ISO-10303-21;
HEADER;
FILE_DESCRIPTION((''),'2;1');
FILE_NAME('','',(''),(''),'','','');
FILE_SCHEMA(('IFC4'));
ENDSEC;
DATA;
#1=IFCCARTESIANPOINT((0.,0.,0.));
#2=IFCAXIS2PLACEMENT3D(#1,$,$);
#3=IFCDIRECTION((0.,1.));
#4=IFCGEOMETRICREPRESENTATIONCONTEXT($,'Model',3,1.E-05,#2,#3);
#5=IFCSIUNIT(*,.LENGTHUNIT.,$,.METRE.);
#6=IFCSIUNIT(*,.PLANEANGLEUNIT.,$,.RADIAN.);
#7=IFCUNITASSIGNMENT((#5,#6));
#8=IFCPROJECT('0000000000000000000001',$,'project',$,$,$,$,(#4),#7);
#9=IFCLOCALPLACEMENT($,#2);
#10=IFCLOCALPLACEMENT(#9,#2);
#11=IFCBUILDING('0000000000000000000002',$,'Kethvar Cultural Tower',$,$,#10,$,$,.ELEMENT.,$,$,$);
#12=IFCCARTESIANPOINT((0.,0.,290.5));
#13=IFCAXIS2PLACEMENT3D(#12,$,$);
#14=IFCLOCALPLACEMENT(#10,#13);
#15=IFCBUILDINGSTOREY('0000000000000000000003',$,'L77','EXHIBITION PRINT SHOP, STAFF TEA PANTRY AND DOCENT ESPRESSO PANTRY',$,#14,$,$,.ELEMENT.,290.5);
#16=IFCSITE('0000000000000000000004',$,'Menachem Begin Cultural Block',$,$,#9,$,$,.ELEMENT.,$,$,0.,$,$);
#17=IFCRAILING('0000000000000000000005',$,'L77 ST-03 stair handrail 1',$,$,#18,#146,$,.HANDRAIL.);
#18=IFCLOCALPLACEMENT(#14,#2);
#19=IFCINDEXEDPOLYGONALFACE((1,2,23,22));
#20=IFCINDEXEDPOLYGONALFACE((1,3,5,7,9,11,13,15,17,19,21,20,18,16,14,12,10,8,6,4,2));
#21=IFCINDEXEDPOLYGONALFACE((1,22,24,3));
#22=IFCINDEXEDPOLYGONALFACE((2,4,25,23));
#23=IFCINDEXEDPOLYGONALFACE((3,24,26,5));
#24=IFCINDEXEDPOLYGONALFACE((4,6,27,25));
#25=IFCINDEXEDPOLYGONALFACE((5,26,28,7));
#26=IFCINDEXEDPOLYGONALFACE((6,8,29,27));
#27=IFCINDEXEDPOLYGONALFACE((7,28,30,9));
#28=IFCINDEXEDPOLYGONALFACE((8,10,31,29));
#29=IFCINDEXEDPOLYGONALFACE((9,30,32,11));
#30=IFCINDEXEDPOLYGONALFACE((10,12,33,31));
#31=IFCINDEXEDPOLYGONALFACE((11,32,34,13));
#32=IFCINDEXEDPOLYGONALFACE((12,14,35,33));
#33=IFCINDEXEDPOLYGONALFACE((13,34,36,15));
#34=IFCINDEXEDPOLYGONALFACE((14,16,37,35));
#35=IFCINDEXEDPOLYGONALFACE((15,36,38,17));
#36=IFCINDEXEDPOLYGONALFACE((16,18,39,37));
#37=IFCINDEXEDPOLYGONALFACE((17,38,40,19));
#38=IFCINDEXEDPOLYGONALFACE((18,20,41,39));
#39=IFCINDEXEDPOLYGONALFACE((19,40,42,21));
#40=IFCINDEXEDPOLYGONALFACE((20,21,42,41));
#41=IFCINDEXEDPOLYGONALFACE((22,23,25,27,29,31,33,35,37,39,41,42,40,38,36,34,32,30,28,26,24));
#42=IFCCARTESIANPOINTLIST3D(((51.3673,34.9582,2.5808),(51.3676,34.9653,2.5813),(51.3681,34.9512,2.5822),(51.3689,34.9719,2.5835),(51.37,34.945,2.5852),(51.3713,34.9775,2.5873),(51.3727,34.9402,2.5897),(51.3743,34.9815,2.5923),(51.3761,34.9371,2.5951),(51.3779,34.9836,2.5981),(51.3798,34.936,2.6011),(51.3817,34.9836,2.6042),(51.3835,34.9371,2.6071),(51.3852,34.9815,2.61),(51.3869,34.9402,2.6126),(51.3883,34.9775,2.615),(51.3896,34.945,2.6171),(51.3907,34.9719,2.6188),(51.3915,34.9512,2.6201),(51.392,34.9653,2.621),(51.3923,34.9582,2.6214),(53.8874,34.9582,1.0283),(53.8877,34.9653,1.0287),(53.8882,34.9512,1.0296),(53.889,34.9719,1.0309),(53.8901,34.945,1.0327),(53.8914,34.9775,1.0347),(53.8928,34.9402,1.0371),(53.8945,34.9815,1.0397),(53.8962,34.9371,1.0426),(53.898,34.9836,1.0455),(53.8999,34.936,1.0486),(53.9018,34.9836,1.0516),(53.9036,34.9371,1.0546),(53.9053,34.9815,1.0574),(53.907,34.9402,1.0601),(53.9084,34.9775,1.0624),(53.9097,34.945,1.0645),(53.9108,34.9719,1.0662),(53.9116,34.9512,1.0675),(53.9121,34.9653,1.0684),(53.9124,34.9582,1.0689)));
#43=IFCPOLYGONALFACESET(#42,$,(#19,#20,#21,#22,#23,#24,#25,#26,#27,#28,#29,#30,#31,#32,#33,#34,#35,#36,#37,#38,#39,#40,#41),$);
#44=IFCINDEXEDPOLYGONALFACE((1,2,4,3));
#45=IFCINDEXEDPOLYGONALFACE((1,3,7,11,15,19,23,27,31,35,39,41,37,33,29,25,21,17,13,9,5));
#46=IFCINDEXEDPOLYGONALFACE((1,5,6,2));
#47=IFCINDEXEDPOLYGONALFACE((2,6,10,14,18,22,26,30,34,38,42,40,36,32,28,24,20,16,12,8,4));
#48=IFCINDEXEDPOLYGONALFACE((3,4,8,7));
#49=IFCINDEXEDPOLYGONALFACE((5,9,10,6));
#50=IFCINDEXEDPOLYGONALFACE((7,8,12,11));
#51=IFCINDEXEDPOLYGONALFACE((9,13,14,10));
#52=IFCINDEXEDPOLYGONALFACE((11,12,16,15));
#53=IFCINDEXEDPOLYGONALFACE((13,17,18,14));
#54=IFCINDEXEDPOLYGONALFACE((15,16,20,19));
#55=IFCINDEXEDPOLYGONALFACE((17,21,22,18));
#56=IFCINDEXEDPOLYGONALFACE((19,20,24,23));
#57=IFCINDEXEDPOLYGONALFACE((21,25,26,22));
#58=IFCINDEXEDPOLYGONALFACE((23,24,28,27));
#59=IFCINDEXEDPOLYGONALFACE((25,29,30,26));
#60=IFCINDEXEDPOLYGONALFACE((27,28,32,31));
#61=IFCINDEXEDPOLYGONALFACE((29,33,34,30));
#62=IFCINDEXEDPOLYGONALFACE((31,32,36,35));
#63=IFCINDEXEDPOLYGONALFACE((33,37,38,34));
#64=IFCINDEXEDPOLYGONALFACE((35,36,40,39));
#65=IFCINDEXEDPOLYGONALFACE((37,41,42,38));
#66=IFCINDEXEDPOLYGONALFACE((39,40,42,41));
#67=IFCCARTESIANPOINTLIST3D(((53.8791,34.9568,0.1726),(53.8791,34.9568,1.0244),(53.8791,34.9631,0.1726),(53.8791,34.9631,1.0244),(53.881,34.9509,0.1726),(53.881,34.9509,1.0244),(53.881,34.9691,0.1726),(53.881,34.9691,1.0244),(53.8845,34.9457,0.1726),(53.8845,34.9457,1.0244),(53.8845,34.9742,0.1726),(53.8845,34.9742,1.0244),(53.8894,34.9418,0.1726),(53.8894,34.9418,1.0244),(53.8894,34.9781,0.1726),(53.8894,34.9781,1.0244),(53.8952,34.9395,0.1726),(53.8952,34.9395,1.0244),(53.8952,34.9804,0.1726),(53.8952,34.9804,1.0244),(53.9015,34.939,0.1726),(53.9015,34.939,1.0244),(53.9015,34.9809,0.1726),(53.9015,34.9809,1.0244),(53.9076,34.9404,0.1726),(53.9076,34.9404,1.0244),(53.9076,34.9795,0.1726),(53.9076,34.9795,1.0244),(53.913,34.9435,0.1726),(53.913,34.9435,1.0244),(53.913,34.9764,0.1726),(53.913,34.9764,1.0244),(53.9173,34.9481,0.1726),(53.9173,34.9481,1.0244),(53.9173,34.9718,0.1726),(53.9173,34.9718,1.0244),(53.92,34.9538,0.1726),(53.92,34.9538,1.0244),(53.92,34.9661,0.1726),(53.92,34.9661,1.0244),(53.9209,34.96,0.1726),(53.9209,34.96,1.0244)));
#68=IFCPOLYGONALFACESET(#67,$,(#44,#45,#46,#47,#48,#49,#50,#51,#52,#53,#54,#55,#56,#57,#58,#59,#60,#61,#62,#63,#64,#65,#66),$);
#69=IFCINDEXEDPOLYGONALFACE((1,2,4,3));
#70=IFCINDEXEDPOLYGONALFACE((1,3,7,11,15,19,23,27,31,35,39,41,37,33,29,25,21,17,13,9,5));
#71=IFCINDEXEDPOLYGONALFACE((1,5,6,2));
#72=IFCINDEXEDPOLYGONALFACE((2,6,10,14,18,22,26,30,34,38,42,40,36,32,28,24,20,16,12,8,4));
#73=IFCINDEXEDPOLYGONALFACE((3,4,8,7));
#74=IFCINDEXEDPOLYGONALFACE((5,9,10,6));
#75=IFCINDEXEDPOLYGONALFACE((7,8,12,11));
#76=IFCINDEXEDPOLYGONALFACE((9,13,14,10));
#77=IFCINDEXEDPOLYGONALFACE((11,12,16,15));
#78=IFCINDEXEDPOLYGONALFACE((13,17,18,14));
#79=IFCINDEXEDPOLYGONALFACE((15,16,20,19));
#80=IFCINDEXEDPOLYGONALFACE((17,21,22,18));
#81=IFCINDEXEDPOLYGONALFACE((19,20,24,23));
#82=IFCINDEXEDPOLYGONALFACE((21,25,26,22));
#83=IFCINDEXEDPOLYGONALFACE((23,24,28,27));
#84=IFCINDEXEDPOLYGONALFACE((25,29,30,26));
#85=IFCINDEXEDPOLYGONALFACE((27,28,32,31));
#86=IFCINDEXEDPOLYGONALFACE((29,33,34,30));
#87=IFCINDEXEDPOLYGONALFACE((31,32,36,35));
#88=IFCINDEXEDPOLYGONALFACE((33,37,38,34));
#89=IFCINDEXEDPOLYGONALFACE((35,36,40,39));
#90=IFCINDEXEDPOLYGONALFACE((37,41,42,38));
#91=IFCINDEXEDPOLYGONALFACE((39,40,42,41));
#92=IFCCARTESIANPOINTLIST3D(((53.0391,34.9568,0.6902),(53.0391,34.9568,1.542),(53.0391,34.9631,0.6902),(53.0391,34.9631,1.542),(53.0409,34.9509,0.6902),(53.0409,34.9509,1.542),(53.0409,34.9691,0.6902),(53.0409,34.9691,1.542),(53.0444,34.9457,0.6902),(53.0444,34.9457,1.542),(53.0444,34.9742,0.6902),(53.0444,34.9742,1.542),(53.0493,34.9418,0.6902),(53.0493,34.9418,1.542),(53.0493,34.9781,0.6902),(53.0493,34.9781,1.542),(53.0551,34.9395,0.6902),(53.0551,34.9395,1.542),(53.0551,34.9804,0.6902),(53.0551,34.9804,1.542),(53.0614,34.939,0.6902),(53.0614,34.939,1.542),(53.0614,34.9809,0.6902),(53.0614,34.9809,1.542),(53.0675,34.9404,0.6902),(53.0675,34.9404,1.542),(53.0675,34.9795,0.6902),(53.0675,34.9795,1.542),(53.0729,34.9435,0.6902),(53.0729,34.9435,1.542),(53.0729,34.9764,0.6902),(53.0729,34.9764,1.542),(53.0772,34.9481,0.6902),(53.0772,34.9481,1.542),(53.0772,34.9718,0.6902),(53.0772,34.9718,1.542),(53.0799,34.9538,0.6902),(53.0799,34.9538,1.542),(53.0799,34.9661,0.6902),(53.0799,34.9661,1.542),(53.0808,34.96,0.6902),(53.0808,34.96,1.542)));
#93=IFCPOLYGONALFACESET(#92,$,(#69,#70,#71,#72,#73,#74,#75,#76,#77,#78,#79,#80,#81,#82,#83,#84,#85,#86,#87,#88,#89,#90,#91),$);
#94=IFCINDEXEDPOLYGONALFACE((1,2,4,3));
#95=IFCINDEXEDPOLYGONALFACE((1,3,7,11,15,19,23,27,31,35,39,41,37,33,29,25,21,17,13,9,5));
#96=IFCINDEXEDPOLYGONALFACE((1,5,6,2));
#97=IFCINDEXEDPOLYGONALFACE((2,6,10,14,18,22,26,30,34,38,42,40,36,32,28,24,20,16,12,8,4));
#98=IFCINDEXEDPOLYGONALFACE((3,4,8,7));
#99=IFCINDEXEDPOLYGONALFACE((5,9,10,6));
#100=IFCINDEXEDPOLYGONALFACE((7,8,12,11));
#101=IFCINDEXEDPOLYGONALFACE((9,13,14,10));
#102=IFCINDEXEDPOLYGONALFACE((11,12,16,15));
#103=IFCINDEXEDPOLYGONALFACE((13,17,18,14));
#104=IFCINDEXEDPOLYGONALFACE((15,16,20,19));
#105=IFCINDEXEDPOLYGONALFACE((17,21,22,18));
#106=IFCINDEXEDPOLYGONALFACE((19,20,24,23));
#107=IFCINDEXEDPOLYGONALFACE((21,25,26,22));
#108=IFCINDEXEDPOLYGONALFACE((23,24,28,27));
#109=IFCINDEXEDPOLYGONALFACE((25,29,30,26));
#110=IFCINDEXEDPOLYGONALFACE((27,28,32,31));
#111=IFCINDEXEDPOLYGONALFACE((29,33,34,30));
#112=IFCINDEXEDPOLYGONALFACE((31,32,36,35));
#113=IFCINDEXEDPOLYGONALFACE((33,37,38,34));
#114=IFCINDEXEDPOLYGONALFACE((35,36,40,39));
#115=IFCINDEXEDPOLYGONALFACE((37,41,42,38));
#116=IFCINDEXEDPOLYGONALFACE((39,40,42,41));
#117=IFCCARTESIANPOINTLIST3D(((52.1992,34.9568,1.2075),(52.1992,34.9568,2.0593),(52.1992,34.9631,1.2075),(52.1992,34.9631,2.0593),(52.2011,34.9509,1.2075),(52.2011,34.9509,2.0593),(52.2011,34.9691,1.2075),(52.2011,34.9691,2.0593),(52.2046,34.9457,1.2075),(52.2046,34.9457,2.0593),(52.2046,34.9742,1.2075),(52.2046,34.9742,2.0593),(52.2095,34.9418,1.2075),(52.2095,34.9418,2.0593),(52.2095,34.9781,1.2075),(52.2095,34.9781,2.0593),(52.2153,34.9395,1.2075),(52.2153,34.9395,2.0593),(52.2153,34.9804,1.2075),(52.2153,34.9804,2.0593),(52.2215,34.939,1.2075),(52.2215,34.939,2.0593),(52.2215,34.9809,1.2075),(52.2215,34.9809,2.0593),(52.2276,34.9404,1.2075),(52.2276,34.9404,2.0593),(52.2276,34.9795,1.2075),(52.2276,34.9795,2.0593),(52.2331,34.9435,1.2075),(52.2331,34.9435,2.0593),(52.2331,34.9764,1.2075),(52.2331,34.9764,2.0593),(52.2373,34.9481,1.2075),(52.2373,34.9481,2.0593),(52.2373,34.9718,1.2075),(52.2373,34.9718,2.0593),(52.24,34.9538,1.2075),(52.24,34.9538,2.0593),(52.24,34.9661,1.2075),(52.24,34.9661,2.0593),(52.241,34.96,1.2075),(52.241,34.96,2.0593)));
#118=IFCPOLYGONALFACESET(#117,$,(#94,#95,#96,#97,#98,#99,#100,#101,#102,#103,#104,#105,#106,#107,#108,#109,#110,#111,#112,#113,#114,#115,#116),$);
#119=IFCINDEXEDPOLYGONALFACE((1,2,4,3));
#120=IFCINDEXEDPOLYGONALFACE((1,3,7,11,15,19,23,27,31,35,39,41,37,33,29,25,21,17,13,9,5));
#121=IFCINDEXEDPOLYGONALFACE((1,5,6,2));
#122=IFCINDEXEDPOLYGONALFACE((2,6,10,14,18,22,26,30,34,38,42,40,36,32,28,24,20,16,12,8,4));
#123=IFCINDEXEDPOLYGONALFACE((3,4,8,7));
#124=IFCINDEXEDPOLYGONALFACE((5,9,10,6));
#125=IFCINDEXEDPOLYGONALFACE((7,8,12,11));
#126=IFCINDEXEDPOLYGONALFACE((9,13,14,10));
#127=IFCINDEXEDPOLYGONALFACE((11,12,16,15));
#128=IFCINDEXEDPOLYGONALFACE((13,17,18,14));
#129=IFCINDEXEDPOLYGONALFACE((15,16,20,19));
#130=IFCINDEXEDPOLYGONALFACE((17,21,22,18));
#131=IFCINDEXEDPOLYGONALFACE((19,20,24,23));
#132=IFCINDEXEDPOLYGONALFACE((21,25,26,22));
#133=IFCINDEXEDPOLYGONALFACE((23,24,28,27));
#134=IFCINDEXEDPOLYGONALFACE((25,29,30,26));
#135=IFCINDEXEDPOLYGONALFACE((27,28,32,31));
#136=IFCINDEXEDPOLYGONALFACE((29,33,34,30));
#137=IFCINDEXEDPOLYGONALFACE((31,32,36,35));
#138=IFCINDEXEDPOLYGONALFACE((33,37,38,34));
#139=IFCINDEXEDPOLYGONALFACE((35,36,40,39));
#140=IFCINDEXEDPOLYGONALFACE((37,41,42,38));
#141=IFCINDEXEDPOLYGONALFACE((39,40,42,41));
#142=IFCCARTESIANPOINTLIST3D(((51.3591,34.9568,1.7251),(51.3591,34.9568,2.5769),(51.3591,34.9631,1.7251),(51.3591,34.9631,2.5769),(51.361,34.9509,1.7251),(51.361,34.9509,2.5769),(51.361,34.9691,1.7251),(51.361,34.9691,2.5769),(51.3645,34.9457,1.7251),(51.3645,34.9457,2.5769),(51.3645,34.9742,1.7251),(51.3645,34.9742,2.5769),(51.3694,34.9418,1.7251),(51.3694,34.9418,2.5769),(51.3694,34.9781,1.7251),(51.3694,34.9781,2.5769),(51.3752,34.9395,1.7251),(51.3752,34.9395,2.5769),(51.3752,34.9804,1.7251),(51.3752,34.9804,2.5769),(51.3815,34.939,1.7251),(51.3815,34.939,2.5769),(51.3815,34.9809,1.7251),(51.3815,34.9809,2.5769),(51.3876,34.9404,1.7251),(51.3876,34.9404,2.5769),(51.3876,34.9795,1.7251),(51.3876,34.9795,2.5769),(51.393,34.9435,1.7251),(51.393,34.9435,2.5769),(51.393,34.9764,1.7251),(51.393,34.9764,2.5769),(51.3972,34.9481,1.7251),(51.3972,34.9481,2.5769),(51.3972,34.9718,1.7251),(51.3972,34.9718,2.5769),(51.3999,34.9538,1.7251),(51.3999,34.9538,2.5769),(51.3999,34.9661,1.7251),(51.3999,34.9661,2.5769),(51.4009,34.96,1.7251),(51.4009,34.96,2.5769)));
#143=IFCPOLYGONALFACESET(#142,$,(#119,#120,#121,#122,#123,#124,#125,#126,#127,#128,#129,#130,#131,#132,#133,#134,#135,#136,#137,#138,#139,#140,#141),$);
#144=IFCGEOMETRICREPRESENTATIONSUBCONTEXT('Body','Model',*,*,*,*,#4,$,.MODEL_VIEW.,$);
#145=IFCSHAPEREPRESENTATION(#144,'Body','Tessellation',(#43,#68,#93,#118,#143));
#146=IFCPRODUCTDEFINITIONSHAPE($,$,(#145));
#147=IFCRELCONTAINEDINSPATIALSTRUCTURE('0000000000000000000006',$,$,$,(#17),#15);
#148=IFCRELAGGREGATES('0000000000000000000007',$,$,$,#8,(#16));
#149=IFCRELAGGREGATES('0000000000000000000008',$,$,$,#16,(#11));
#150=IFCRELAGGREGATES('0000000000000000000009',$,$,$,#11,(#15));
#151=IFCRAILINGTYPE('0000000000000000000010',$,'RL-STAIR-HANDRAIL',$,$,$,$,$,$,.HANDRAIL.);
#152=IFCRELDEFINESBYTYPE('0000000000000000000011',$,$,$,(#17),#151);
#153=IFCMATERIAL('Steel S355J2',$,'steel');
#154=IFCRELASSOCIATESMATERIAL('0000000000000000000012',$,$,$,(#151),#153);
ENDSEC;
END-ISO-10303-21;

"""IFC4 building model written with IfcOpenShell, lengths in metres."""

from ifc_helpers import new_model, si_unit, direction, frame, origin, origin_2d, place, context, subcontext, project, spatial, circle, extrude, material, type_object, element, save


model = new_model("IFC4")

# Units and contexts
model_context = context("Model", 3, precision=1e-05, world=origin(), true_north=direction((0.0, 1.0)))
body_context = subcontext(model_context, "Body", "Model", "MODEL_VIEW")
ifc_project = project(units=[si_unit("LENGTHUNIT", "METRE"), si_unit("PLANEANGLEUNIT", "RADIAN")], contexts=[model_context])

# Site, building, storey
site_placement = place(None, origin())
site = spatial("IfcSite", under=ifc_project, at=site_placement, Name="Menachem Begin Cultural Block", CompositionType="ELEMENT", RefElevation=0.0)
building_placement = place(site_placement, origin())
building = spatial("IfcBuilding", under=site, at=building_placement, Name="Kethvar Cultural Tower", CompositionType="ELEMENT")
storey_placement = place(building_placement, frame((0.0, 0.0, 290.5)))
storey = spatial("IfcBuildingStorey", under=building, at=storey_placement, Name="L77", Description="EXHIBITION PRINT SHOP, STAFF TEA PANTRY AND DOCENT ESPRESSO PANTRY", CompositionType="ELEMENT", Elevation=290.5)

# Shared definitions
ifc_material_1 = material(Name="Steel S355J2", Category="steel")

# Railing
railing_type_1 = type_object("IfcRailingType", Name="RL-STAIR-HANDRAIL", PredefinedType="HANDRAIL", material=ifc_material_1)
railing_1_placement = place(storey_placement, frame((53.8999, 34.96, 0.1726)))
element("IfcRailing", 1, at=railing_1_placement, inside=storey, type_object=railing_type_1, Name="L77 ST-03 stair handrail 1", PredefinedType="HANDRAIL", context=body_context, shape_type="SweptSolid", body=[
    extrude(circle(Radius=0.0239, at=origin_2d()), frame((0.0, 0.0, 0.876), z_axis=(-0.8514, 0.0, 0.524516), x_axis=(0.0, -1.0, 0.0)), (0.0, 0.0, 1.0), 2.96),
    extrude(circle(Radius=0.021, at=origin_2d()), origin(), (0.0, 0.0, 1.0), 0.8518),
    extrude(circle(Radius=0.021, at=origin_2d()), frame((-0.8401, 0.0, 0.5176)), (0.0, 0.0, 1.0), 0.8518),
    extrude(circle(Radius=0.021, at=origin_2d()), frame((-1.6799, 0.0, 1.0349)), (0.0, 0.0, 1.0), 0.8518),
    extrude(circle(Radius=0.021, at=origin_2d()), frame((-2.52, 0.0, 1.5525)), (0.0, 0.0, 1.0), 0.8518),
])

save(model, "model.ifc")
